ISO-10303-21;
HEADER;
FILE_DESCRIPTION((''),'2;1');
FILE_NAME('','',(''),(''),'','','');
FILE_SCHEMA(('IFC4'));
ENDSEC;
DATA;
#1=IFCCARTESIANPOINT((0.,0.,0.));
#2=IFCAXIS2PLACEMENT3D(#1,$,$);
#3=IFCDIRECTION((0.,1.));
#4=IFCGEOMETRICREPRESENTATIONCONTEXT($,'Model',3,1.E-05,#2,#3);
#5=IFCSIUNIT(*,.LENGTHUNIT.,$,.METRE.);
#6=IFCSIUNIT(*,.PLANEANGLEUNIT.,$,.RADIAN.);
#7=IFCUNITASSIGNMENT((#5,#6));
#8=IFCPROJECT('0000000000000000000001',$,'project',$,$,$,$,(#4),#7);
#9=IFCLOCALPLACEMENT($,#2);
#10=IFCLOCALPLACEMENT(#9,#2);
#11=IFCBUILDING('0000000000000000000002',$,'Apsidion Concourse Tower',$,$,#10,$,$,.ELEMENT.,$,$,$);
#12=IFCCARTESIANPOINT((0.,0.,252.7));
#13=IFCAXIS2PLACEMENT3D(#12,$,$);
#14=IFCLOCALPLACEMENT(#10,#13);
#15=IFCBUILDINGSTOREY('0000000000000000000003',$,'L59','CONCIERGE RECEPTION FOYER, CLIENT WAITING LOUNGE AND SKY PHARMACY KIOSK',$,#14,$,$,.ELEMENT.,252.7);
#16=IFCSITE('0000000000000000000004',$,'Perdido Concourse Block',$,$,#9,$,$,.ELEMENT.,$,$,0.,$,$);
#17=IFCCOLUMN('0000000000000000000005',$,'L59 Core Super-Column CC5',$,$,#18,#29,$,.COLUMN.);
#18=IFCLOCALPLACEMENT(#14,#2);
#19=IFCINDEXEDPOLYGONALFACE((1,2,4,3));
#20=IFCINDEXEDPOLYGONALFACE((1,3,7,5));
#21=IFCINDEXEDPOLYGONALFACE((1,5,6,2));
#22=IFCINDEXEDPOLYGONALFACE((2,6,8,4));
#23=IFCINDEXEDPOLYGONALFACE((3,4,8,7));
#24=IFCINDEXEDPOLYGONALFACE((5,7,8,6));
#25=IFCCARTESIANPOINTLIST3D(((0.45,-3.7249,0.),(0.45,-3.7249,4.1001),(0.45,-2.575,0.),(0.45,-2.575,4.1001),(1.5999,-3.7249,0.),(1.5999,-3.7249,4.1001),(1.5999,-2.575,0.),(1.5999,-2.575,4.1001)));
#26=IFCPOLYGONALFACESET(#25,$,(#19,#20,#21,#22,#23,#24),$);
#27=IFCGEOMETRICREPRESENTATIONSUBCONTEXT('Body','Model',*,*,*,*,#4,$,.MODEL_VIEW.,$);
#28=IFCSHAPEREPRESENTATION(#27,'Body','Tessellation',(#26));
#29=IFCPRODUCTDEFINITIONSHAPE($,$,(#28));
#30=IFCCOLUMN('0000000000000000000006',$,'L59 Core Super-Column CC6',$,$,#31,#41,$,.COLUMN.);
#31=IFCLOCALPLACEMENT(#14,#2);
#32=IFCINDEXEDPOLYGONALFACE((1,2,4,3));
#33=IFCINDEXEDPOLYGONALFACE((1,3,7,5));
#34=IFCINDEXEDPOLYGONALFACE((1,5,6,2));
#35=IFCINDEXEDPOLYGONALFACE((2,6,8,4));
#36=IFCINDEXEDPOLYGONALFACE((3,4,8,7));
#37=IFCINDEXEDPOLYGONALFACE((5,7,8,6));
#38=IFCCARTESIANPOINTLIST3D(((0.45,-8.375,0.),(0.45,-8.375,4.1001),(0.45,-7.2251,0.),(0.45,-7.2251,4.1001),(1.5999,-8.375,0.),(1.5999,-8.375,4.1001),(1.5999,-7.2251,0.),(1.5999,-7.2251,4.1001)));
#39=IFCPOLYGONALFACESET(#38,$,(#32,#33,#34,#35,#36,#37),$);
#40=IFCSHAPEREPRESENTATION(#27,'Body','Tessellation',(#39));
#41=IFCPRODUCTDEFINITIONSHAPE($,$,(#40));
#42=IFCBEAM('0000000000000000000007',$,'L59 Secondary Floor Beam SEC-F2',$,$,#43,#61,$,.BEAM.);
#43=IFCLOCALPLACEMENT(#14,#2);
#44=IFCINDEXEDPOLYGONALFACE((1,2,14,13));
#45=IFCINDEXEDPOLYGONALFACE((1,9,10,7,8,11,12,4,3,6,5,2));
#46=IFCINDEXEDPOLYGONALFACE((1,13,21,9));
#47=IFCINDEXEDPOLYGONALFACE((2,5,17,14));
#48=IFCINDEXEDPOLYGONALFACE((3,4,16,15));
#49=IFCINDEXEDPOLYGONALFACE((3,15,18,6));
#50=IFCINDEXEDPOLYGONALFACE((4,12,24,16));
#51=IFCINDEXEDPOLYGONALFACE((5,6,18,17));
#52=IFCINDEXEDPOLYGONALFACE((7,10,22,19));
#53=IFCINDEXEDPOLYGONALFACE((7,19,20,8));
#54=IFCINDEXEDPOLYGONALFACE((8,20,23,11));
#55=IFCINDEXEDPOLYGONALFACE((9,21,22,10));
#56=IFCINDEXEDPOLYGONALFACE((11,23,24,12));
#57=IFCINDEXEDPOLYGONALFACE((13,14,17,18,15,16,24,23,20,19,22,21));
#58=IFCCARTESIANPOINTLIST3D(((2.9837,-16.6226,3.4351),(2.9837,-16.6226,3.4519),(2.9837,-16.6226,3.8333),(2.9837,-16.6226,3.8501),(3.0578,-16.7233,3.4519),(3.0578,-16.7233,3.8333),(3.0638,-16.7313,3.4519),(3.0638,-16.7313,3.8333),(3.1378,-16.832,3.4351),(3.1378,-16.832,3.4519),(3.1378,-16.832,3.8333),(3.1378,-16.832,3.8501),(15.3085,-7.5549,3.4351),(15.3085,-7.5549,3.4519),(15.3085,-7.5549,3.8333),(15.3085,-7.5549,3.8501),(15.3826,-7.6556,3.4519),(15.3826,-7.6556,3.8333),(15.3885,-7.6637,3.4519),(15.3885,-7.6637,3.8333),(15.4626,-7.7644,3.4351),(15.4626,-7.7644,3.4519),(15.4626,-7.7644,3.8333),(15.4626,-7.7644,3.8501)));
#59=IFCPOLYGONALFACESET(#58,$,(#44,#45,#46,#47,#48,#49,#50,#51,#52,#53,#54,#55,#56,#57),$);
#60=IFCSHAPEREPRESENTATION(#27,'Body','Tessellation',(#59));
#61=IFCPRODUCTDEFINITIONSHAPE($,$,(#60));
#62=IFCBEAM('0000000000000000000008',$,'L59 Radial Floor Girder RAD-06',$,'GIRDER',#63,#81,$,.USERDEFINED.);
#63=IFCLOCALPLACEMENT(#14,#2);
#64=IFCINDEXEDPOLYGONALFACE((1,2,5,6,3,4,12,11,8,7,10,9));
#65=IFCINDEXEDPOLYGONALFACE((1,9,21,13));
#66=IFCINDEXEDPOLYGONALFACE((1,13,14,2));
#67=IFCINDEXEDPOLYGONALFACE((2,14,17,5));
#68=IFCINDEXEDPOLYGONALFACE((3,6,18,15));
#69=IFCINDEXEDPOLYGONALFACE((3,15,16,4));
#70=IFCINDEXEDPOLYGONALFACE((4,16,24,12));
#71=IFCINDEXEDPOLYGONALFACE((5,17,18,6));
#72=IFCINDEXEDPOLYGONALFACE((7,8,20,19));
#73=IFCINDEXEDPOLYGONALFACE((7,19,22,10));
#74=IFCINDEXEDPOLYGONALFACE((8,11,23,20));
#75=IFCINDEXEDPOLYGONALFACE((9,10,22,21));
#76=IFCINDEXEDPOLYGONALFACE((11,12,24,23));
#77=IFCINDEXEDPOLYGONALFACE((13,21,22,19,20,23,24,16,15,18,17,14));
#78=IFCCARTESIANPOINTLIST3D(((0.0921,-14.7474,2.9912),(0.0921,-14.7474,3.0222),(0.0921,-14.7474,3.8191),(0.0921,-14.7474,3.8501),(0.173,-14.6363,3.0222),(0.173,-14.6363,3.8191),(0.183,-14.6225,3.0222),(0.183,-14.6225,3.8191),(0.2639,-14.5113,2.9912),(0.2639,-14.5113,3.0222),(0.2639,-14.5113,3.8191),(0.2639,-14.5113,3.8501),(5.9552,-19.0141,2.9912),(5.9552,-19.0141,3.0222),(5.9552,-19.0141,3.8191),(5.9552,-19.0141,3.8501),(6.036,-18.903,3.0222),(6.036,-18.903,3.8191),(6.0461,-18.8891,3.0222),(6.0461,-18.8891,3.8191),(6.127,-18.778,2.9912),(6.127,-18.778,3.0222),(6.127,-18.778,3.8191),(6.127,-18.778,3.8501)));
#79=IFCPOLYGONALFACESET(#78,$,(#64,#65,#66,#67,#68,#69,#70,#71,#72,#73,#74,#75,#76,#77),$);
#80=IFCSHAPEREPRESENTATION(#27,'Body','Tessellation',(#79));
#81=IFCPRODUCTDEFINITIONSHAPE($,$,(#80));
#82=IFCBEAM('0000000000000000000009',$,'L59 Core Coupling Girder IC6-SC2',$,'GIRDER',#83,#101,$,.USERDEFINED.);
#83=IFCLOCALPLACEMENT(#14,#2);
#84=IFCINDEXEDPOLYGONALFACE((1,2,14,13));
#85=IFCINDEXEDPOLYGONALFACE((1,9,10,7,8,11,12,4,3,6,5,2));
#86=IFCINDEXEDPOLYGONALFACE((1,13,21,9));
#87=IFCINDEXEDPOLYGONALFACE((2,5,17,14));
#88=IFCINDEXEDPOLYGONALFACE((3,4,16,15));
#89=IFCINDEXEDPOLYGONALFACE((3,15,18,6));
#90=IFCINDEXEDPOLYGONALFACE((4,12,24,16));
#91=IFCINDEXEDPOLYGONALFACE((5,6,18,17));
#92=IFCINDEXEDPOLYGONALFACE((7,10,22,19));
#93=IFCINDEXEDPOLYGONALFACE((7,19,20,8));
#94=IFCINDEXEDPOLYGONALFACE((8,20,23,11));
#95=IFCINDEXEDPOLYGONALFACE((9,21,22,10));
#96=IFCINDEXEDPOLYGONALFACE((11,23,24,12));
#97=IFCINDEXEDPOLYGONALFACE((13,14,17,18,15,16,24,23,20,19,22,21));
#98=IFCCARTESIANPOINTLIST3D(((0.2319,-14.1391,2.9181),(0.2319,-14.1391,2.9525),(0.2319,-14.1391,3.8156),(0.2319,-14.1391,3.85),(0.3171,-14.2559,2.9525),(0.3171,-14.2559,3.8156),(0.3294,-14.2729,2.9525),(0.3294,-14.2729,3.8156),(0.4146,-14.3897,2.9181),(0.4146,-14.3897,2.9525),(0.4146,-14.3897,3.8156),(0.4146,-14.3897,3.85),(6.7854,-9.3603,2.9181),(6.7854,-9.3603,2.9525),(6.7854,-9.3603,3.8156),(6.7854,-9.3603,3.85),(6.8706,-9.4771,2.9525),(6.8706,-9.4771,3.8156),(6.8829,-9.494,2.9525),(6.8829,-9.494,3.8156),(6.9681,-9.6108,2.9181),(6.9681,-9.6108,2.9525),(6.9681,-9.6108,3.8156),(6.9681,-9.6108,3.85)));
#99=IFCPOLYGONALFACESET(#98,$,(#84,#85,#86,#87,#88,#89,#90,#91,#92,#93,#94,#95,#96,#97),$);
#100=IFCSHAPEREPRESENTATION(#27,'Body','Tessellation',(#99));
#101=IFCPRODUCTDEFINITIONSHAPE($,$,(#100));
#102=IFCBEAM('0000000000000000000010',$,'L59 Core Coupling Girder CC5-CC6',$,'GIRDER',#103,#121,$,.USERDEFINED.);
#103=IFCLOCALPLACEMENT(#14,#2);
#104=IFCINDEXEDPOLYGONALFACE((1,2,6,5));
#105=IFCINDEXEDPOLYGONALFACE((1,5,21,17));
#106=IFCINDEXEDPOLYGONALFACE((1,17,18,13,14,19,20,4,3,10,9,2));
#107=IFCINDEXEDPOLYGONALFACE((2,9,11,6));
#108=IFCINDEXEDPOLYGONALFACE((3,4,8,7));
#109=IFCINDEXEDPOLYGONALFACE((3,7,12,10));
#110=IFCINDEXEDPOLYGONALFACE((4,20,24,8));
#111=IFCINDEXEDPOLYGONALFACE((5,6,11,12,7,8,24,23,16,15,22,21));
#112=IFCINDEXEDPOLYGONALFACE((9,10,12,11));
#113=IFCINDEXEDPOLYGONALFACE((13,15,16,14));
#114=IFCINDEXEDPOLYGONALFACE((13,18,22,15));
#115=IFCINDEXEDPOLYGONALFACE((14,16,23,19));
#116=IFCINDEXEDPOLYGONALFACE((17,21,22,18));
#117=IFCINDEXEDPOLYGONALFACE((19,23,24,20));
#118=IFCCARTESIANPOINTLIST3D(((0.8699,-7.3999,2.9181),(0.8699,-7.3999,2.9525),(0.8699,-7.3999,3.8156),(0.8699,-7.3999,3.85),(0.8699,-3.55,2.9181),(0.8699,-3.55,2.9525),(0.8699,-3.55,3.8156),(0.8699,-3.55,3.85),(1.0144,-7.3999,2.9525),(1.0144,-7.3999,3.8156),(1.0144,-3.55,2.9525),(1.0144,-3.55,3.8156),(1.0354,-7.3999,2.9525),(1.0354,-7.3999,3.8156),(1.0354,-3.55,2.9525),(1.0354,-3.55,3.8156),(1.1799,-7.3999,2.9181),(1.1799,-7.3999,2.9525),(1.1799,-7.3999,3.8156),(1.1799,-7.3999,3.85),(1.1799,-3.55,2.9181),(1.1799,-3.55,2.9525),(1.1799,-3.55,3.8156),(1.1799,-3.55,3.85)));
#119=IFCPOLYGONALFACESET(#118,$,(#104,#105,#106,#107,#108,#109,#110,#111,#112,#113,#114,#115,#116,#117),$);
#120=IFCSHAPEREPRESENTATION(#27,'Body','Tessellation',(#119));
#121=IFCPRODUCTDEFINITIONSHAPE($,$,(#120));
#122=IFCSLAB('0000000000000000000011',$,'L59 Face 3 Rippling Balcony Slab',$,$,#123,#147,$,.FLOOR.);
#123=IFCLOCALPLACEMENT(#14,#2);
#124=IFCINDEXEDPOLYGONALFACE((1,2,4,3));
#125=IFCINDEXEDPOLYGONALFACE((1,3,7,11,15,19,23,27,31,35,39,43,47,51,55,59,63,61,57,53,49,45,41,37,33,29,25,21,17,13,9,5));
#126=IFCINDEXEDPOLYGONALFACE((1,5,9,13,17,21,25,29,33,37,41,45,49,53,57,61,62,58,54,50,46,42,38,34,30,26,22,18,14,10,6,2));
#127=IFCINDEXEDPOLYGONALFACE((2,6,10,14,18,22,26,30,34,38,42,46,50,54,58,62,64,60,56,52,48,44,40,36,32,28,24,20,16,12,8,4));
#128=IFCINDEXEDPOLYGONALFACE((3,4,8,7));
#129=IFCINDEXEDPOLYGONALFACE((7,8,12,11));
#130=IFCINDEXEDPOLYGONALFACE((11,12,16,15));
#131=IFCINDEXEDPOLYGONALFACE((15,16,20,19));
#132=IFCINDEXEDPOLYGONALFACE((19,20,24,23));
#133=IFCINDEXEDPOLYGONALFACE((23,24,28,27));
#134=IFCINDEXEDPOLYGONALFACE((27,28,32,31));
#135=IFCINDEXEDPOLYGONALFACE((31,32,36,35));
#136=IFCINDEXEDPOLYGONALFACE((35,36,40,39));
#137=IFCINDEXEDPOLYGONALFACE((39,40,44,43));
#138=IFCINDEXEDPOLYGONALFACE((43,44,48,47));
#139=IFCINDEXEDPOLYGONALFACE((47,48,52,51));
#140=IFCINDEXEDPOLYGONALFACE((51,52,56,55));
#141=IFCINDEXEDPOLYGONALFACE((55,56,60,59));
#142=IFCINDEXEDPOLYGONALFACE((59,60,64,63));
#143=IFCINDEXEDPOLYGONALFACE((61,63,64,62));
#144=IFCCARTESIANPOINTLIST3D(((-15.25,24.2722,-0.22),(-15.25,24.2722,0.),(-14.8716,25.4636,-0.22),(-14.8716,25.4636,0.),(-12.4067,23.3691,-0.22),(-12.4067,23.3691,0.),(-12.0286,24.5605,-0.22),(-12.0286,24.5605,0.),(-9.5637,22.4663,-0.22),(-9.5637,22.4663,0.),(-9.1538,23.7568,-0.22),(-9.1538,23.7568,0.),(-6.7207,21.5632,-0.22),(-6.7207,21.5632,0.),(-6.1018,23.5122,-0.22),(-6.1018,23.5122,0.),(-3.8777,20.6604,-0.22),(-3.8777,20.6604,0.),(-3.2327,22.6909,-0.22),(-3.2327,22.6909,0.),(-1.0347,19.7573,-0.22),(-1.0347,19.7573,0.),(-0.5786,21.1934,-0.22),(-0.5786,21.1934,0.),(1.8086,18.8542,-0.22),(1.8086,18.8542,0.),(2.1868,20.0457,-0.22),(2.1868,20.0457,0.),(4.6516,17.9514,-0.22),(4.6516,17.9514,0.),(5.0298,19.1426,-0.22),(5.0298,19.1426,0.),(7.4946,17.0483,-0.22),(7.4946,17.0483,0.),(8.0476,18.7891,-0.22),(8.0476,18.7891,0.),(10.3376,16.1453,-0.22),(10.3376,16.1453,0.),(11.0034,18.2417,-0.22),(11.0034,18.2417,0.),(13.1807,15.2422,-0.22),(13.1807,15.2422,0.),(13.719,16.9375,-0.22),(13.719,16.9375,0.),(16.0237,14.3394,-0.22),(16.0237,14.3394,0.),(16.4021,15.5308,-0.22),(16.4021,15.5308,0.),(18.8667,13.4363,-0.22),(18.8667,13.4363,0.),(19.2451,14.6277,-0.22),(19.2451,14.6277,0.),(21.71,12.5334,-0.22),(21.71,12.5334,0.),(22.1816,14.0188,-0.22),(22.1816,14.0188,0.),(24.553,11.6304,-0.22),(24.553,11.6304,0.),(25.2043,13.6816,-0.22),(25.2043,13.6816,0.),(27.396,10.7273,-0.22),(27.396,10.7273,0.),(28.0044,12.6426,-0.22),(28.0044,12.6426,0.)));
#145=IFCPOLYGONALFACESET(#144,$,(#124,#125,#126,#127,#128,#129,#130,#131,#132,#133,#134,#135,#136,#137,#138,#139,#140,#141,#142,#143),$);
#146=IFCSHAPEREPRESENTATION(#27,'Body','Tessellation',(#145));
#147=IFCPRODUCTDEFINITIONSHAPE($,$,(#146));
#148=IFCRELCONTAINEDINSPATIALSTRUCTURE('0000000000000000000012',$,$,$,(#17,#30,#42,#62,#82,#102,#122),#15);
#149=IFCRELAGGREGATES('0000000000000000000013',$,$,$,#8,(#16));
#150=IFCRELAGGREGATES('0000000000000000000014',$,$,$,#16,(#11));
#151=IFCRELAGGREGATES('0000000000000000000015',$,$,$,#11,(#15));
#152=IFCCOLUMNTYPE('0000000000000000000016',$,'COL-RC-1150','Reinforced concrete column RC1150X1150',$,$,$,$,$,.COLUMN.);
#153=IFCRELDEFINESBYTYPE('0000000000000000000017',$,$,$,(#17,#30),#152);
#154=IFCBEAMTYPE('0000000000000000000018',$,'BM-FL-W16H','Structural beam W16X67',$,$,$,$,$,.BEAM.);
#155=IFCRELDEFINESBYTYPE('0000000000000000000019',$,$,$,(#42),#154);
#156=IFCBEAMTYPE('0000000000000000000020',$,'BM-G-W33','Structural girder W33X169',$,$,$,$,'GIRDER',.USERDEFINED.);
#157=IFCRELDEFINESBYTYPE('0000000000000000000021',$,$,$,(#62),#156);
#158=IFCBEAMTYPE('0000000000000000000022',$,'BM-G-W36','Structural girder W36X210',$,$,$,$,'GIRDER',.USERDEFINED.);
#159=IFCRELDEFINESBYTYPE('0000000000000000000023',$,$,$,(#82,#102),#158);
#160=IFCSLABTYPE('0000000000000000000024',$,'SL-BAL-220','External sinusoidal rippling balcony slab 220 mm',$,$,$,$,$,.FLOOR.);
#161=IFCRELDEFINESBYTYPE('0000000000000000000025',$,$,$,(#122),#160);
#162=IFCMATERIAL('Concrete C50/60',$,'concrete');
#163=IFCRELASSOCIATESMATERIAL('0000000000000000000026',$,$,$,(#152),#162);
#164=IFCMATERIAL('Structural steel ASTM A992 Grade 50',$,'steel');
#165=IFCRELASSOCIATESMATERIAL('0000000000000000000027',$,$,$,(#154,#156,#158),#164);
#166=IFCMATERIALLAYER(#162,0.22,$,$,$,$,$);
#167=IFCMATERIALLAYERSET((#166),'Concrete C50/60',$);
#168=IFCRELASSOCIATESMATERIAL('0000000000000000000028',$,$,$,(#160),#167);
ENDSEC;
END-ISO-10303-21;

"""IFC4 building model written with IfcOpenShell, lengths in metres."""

from ifc_helpers import new_model, si_unit, direction, frame, origin, origin_2d, place, context, subcontext, project, spatial, polyline, rectangle, i_section, outline, extrude, material, layer, layer_set, material_profile, profile_set, type_object, element, save


model = new_model("IFC4")

# Units and contexts
model_context = context("Model", 3, precision=1e-05, world=origin(), true_north=direction((0.0, 1.0)))
body_context = subcontext(model_context, "Body", "Model", "MODEL_VIEW")
ifc_project = project(units=[si_unit("LENGTHUNIT", "METRE"), si_unit("PLANEANGLEUNIT", "RADIAN")], contexts=[model_context])

# Site, building, storey
site_placement = place(None, origin())
site = spatial("IfcSite", under=ifc_project, at=site_placement, Name="Perdido Concourse Block", CompositionType="ELEMENT", RefElevation=0.0)
building_placement = place(site_placement, origin())
building = spatial("IfcBuilding", under=site, at=building_placement, Name="Apsidion Concourse Tower", CompositionType="ELEMENT")
storey_placement = place(building_placement, frame((0.0, 0.0, 252.7)))
storey = spatial("IfcBuildingStorey", under=building, at=storey_placement, Name="L59", Description="CONCIERGE RECEPTION FOYER, CLIENT WAITING LOUNGE AND SKY PHARMACY KIOSK", CompositionType="ELEMENT", Elevation=252.7)

# Columns
ifc_material_1 = material(Name="Concrete C50/60", Category="concrete")
ifc_material_profile_1 = material_profile(ifc_material_1, rectangle(XDim=1.1499, YDim=1.1499, at=origin_2d()), Name="RC 1150x1150")
ifc_profile_set_1 = profile_set([ifc_material_profile_1], Name="Concrete C50/60")
column_type = type_object("IfcColumnType", Name="COL-RC-1150", Description="Reinforced concrete column RC1150X1150", PredefinedType="COLUMN", material=ifc_profile_set_1)
for number, where, z_axis, x_axis, name in (
    (1, (1.0249, -3.1499, 0.0), (0.0, 0.0, 1.0), (1.0, 0.0, 0.0), "L59 Core Super-Column CC5"),
    (2, (1.0249, -7.8, 0.0), (0.0, 0.0, 1.0), (1.0, 0.0, 0.0), "L59 Core Super-Column CC6"),
):
    element("IfcColumn", number, at=place(storey_placement, frame(where, z_axis=z_axis, x_axis=x_axis)), inside=storey, type_object=column_type, Name=name, PredefinedType="COLUMN", context=body_context, shape_type="SweptSolid", body=[
        extrude(rectangle(XDim=1.1499, YDim=1.1499, at=origin_2d()), origin(), (0.0, 0.0, 1.0), 4.1001),
    ])

# Beams
ifc_material_2 = material(Name="Structural steel ASTM A992 Grade 50", Category="steel")
ifc_material_profile_2 = material_profile(ifc_material_2, i_section(OverallWidth=0.26, OverallDepth=0.415, WebThickness=0.01, FlangeThickness=0.0168, at=origin_2d()), Name="W16X67")
ifc_profile_set_2 = profile_set([ifc_material_profile_2], Name="Structural steel ASTM A992 Grade 50")
beam_type_1 = type_object("IfcBeamType", Name="BM-FL-W16H", Description="Structural beam W16X67", PredefinedType="BEAM", material=ifc_profile_set_2)
beam_1_placement = place(storey_placement, frame((3.0608, -16.7273, 3.6426), z_axis=(0.805484, 0.592617, 0.0), x_axis=(-0.592617, 0.805484, 0.0)))
element("IfcBeam", 3, at=beam_1_placement, inside=storey, type_object=beam_type_1, Name="L59 Secondary Floor Beam SEC-F2", PredefinedType="BEAM", context=body_context, shape_type="SweptSolid", body=[
    extrude(i_section(OverallWidth=0.26, OverallDepth=0.415, WebThickness=0.01, FlangeThickness=0.0168, at=origin_2d()), origin(), (0.0, 0.0, 1.0), 15.301),
])
ifc_material_profile_3 = material_profile(ifc_material_2, i_section(OverallWidth=0.292, OverallDepth=0.8589, WebThickness=0.0171, FlangeThickness=0.031, at=origin_2d()), Name="W33X169")
ifc_profile_set_3 = profile_set([ifc_material_profile_3], Name="Structural steel ASTM A992 Grade 50")
beam_type_2 = type_object("IfcBeamType", Name="BM-G-W33", Description="Structural girder W33X169", ElementType="GIRDER", PredefinedType="USERDEFINED", material=ifc_profile_set_3)
beam_2_placement = place(storey_placement, frame((0.178, -14.6294, 3.4207), z_axis=(0.808567, -0.588404, 0.0), x_axis=(0.588404, 0.808567, 0.0)))
element("IfcBeam", 4, at=beam_2_placement, inside=storey, type_object=beam_type_2, Name="L59 Radial Floor Girder RAD-06", ObjectType="GIRDER", PredefinedType="USERDEFINED", context=body_context, shape_type="SweptSolid", body=[
    extrude(i_section(OverallWidth=0.292, OverallDepth=0.8589, WebThickness=0.0171, FlangeThickness=0.031, at=origin_2d()), origin(), (0.0, 0.0, 1.0), 7.2512),
])
ifc_material_profile_4 = material_profile(ifc_material_2, i_section(OverallWidth=0.3101, OverallDepth=0.9319, WebThickness=0.021, FlangeThickness=0.0344, at=origin_2d()), Name="W36X210")
ifc_profile_set_4 = profile_set([ifc_material_profile_4], Name="Structural steel ASTM A992 Grade 50")
beam_type_3 = type_object("IfcBeamType", Name="BM-G-W36", Description="Structural girder W36X210", ElementType="GIRDER", PredefinedType="USERDEFINED", material=ifc_profile_set_4)
beam_3_placement = place(storey_placement, frame((0.3232, -14.2644, 3.384), z_axis=(0.807993, 0.589191, 0.0), x_axis=(-0.589191, 0.807993, 0.0)))
element("IfcBeam", 5, at=beam_3_placement, inside=storey, type_object=beam_type_3, Name="L59 Core Coupling Girder IC6-SC2", ObjectType="GIRDER", PredefinedType="USERDEFINED", context=body_context, shape_type="SweptSolid", body=[
    extrude(i_section(OverallWidth=0.3101, OverallDepth=0.9319, WebThickness=0.021, FlangeThickness=0.0344, at=origin_2d()), origin(), (0.0, 0.0, 1.0), 8.1108),
])
beam_4_placement = place(storey_placement, frame((1.0249, -3.55, 3.384), z_axis=(0.0, -1.0, 0.0), x_axis=(1.0, 0.0, 0.0)))
element("IfcBeam", 6, at=beam_4_placement, inside=storey, type_object=beam_type_3, Name="L59 Core Coupling Girder CC5-CC6", ObjectType="GIRDER", PredefinedType="USERDEFINED", context=body_context, shape_type="SweptSolid", body=[
    extrude(i_section(OverallWidth=0.3101, OverallDepth=0.9319, WebThickness=0.021, FlangeThickness=0.0344, at=origin_2d()), origin(), (0.0, 0.0, 1.0), 3.8499),
])

# Slab
ifc_layer_1 = layer(ifc_material_1, 0.22)
ifc_layer_set_1 = layer_set([ifc_layer_1], Name="Concrete C50/60")
slab_type_1 = type_object("IfcSlabType", Name="SL-BAL-220", Description="External sinusoidal rippling balcony slab 220 mm", PredefinedType="FLOOR", material=ifc_layer_set_1)
slab_1_placement = place(storey_placement, frame((0.0, 0.0, -0.22)))
element("IfcSlab", 7, at=slab_1_placement, inside=storey, type_object=slab_type_1, Name="L59 Face 3 Rippling Balcony Slab", PredefinedType="FLOOR", context=body_context, shape_type="SweptSolid", body=[
    extrude(outline(polyline([(27.396, 10.7273), (24.553, 11.6304), (21.71, 12.5334), (18.8667, 13.4363), (16.0237, 14.3394), (13.1807, 15.2422), (10.3376, 16.1453), (7.4946, 17.0483), (4.6516, 17.9514), (1.8086, 18.8542), (-1.0347, 19.7573), (-3.8777, 20.6604), (-6.7207, 21.5632), (-9.5637, 22.4663), (-12.4067, 23.3691), (-15.25, 24.2722), (-14.8716, 25.4636), (-12.0286, 24.5605), (-9.1538, 23.7568), (-6.1018, 23.5122), (-3.2327, 22.6909), (-0.5786, 21.1934), (2.1868, 20.0457), (5.0298, 19.1426), (8.0476, 18.7891), (11.0034, 18.2417), (13.719, 16.9375), (16.4021, 15.5308), (19.2451, 14.6277), (22.1816, 14.0188), (25.2043, 13.6816), (28.0044, 12.6426), (27.396, 10.7273)])), origin(), (0.0, 0.0, 1.0), 0.22),
])

save(model, "model.ifc")
